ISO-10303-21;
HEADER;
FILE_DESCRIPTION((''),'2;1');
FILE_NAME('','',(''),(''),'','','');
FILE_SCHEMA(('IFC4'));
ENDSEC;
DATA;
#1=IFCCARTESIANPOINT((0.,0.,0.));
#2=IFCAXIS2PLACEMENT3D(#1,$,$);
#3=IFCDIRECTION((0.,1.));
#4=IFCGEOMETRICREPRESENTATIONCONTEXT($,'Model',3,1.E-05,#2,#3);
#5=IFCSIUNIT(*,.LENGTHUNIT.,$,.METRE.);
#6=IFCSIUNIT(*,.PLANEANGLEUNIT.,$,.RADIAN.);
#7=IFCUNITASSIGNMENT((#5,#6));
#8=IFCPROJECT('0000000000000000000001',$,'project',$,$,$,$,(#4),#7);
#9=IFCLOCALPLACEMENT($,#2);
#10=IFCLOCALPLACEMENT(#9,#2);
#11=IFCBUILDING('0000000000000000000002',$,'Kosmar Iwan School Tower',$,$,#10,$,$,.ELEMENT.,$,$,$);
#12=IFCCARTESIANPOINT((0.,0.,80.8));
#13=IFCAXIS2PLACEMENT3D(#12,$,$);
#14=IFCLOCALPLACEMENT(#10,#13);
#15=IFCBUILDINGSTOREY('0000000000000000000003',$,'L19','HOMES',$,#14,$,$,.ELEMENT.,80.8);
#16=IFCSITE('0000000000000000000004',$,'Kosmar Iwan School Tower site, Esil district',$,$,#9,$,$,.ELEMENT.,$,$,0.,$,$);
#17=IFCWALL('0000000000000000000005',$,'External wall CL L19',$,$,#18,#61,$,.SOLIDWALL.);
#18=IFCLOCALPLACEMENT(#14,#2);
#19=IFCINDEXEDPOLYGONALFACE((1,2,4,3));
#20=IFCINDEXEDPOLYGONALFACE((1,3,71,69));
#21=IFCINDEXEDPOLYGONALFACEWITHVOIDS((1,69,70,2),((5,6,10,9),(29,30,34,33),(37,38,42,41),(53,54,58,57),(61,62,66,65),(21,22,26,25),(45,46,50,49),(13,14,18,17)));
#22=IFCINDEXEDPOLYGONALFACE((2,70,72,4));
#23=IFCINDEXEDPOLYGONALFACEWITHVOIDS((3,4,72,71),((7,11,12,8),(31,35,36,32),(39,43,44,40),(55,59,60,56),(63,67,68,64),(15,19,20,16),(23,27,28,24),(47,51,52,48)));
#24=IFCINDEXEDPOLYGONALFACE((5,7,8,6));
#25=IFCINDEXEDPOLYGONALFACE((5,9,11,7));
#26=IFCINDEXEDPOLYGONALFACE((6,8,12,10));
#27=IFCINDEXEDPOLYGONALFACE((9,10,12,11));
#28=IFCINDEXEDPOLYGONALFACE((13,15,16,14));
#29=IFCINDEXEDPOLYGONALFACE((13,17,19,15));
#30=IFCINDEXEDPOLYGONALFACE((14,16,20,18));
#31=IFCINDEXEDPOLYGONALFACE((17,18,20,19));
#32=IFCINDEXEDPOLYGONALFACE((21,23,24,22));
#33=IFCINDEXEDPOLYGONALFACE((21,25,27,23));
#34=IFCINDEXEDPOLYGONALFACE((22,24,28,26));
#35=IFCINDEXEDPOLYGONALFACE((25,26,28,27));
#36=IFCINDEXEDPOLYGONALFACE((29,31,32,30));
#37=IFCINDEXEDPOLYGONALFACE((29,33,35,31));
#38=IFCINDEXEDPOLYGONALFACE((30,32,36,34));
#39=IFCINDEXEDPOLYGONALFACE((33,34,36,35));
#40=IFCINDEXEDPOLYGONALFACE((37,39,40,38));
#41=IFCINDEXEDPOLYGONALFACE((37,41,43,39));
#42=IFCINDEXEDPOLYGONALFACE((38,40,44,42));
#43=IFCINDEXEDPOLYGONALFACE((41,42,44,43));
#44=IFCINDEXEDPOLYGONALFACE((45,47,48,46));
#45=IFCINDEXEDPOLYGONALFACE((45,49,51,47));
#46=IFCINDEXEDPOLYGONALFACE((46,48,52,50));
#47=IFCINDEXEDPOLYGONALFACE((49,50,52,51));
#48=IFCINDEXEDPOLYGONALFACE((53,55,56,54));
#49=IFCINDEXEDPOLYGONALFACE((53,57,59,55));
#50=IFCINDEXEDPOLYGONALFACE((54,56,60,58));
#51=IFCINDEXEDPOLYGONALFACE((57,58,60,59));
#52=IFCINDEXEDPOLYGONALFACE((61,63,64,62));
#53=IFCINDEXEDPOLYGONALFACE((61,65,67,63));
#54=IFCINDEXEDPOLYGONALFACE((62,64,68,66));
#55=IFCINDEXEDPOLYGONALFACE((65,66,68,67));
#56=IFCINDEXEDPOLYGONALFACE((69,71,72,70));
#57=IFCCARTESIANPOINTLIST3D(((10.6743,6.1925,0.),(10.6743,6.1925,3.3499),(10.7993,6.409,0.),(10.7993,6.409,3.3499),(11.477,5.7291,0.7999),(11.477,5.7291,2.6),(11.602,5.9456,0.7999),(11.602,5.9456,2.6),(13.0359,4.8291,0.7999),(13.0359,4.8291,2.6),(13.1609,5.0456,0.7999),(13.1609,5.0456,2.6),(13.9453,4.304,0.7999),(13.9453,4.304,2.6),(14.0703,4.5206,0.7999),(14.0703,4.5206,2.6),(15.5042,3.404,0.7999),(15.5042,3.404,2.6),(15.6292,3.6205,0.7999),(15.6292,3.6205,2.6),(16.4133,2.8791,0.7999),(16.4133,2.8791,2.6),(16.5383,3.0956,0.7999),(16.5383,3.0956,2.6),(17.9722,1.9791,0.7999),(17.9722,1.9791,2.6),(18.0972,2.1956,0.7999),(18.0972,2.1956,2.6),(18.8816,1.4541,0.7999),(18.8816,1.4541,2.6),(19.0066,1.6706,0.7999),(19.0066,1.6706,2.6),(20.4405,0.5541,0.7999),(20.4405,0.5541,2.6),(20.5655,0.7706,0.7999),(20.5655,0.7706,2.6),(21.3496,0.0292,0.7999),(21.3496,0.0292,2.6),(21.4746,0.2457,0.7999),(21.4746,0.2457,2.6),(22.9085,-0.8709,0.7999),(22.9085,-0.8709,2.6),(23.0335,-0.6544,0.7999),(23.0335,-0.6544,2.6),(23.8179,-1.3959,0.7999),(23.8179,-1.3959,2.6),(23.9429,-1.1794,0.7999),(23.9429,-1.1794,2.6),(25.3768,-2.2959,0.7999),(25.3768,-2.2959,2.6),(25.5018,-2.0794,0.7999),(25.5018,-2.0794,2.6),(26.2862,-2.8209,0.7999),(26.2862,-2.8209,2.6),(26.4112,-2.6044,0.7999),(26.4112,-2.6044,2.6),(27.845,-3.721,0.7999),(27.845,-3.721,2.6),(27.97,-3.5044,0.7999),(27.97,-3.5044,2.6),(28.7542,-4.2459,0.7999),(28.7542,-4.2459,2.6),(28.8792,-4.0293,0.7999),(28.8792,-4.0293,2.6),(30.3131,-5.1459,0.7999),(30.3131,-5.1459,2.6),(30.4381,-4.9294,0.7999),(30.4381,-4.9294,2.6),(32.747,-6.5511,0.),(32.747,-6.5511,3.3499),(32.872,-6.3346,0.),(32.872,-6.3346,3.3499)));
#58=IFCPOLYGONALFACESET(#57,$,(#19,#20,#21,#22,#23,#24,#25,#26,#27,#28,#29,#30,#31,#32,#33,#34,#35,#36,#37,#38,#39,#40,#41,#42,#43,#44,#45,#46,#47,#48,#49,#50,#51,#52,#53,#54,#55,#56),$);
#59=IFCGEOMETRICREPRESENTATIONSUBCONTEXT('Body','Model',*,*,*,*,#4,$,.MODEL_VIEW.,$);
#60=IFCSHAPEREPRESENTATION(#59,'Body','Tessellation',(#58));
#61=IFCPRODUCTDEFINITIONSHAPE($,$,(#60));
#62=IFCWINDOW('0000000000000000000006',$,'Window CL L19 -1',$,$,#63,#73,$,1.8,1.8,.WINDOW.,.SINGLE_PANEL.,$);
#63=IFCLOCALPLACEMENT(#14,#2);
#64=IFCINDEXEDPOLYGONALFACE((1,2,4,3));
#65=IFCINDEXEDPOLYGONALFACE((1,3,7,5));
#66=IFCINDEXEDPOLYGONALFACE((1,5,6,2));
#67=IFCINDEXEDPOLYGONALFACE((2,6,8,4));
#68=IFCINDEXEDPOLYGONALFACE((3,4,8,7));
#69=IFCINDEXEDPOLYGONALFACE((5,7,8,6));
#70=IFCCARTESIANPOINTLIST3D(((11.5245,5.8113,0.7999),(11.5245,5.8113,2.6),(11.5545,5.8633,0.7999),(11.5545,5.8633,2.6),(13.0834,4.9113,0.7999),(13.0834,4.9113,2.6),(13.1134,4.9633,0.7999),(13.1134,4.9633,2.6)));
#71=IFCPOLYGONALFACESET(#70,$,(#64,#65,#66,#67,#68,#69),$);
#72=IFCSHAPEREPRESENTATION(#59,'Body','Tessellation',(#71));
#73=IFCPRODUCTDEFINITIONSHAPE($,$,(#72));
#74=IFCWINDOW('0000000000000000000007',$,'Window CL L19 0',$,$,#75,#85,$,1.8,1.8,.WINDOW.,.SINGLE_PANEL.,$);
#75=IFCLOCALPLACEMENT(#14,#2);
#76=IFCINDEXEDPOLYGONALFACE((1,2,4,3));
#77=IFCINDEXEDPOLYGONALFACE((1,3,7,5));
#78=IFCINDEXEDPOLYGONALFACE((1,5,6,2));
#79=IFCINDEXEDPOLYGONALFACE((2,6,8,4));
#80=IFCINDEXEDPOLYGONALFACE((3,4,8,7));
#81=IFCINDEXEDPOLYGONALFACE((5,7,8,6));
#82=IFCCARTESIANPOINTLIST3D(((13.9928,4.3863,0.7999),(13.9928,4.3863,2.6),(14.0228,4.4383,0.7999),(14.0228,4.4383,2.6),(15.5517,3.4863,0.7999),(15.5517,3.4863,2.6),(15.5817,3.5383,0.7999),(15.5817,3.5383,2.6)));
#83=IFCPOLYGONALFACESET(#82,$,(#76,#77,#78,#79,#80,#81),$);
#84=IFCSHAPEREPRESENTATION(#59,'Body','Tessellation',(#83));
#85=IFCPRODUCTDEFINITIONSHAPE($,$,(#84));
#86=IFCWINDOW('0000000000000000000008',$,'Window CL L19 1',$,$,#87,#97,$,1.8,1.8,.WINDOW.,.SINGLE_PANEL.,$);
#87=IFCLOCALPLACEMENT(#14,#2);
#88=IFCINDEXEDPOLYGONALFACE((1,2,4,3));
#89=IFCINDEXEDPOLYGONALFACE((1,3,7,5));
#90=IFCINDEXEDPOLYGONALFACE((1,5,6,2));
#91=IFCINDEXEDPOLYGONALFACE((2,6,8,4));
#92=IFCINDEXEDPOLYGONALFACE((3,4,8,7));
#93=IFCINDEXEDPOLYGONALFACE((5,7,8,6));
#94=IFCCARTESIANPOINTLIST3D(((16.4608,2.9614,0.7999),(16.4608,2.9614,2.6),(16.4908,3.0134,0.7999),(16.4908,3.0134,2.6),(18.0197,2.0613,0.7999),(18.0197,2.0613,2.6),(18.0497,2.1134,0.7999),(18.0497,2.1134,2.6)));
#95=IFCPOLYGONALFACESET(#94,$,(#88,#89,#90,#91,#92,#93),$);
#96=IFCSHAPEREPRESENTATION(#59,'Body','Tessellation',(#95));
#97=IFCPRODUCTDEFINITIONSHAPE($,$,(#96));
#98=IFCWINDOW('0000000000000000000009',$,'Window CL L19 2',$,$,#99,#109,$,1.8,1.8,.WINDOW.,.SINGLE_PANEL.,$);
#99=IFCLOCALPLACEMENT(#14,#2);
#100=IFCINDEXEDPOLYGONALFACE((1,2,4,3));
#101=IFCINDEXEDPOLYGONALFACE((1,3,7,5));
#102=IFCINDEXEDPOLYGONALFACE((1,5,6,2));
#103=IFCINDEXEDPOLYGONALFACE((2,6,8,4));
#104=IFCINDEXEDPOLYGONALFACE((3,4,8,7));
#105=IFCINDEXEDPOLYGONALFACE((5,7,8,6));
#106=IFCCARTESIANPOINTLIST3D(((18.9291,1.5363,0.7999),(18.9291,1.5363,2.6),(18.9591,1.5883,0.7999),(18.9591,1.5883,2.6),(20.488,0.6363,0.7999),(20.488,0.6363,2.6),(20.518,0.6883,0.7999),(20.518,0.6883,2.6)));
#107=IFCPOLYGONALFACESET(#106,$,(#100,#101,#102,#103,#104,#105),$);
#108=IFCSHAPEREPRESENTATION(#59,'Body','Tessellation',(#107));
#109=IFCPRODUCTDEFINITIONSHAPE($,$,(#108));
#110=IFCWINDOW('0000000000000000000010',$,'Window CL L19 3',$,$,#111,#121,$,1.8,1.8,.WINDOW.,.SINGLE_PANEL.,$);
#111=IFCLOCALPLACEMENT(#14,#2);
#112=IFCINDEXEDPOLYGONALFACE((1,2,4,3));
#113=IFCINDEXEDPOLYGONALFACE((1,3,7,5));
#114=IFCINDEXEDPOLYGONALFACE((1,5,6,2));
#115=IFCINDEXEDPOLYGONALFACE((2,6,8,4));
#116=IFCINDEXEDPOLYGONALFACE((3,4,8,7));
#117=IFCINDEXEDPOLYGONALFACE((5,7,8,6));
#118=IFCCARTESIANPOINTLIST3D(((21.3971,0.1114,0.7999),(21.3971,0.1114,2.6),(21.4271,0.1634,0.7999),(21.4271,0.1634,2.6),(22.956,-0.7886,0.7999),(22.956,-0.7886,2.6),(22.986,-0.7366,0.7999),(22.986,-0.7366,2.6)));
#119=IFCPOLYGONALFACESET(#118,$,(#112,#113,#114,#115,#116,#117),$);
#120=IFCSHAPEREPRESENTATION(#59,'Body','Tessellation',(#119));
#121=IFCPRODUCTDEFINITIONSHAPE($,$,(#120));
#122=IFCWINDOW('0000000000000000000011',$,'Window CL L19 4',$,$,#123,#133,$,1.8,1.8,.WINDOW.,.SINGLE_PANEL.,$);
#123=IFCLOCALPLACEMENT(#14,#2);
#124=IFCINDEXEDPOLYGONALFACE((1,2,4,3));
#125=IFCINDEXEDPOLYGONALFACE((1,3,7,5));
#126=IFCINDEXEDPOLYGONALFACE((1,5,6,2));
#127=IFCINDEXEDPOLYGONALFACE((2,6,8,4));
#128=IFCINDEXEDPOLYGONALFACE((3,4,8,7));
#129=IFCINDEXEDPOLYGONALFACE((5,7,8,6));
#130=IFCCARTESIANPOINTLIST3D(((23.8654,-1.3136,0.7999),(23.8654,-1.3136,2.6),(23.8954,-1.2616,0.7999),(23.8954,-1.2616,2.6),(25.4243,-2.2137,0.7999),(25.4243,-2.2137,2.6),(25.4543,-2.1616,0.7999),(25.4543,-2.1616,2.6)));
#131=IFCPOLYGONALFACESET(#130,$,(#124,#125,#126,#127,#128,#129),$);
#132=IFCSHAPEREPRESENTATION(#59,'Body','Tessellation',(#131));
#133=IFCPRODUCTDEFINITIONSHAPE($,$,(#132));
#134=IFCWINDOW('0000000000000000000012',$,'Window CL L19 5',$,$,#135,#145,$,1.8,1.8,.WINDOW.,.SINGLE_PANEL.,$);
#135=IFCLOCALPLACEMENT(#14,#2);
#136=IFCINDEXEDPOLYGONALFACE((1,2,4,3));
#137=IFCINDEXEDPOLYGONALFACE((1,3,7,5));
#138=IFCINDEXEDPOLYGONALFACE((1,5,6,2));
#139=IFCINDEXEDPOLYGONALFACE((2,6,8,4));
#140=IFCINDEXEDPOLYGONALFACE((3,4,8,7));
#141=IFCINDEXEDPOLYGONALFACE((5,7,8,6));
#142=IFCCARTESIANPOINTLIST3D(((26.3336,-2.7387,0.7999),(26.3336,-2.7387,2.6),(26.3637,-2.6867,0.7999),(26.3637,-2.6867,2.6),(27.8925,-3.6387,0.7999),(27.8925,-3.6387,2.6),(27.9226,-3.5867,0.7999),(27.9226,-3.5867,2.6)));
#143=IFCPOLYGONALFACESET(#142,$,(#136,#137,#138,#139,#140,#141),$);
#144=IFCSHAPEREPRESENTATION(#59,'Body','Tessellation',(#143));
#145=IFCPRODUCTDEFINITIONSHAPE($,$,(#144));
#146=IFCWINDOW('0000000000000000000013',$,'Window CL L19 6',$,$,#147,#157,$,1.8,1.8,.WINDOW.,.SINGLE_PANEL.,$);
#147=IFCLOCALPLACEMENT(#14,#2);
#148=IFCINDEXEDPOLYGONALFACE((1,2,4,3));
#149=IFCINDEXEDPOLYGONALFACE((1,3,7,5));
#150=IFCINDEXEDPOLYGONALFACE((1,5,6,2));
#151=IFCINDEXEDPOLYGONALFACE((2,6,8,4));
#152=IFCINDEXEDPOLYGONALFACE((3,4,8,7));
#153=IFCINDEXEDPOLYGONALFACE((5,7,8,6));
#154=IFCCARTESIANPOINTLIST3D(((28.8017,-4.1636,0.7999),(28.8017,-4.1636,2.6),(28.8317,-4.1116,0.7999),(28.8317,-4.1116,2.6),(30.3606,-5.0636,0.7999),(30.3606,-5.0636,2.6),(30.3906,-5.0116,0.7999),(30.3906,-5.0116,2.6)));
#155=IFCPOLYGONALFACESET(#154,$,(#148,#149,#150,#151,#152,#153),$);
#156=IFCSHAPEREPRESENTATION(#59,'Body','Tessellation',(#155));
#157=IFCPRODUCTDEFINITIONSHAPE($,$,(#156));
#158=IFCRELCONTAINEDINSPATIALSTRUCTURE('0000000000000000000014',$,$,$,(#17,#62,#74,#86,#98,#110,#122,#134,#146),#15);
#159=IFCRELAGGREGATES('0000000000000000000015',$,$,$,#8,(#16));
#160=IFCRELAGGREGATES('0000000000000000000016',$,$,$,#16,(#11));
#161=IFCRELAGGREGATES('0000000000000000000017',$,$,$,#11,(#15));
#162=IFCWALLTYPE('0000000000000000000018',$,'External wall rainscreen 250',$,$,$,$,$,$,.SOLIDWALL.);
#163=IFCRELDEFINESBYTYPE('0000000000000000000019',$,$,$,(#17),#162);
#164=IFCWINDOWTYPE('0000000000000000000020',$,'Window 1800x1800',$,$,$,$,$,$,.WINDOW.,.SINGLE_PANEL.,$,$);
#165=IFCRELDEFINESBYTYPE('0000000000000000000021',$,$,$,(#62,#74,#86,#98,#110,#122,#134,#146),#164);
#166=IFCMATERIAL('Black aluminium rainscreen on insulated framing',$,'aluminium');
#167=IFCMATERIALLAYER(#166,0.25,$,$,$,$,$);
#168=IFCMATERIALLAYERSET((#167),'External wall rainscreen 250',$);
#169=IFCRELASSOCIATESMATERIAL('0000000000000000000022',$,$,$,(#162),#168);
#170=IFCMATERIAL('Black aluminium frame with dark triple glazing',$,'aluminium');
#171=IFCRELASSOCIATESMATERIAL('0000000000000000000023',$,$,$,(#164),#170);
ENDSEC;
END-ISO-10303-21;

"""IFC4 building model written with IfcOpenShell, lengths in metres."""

from ifc_helpers import new_model, si_unit, direction, frame, frame_2d, origin, place, context, subcontext, project, spatial, rectangle, extrude, material, layer, layer_set, type_object, element, fill, save


model = new_model("IFC4")

# Units and contexts
model_context = context("Model", 3, precision=1e-05, world=origin(), true_north=direction((0.0, 1.0)))
body_context = subcontext(model_context, "Body", "Model", "MODEL_VIEW")
ifc_project = project(units=[si_unit("LENGTHUNIT", "METRE"), si_unit("PLANEANGLEUNIT", "RADIAN")], contexts=[model_context])

# Site, building, storey
site_placement = place(None, origin())
site = spatial("IfcSite", under=ifc_project, at=site_placement, Name="Kosmar Iwan School Tower site, Esil district", CompositionType="ELEMENT", RefElevation=0.0)
building_placement = place(site_placement, origin())
building = spatial("IfcBuilding", under=site, at=building_placement, Name="Kosmar Iwan School Tower", CompositionType="ELEMENT")
storey_placement = place(building_placement, frame((0.0, 0.0, 80.8)))
storey = spatial("IfcBuildingStorey", under=building, at=storey_placement, Name="L19", Description="HOMES", CompositionType="ELEMENT", Elevation=80.8)

# Wall, openings, windows
ifc_material_1 = material(Name="Black aluminium rainscreen on insulated framing", Category="aluminium")
ifc_layer = layer(ifc_material_1, 0.25)
ifc_layer_set = layer_set([ifc_layer], Name="External wall rainscreen 250")
wall_type = type_object("IfcWallType", Name="External wall rainscreen 250", PredefinedType="SOLIDWALL", material=ifc_layer_set)
wall_1_placement = place(storey_placement, frame((10.7368, 6.3008, 0.0), z_axis=(0.0, 0.0, 1.0), x_axis=(0.866026, -0.499998, 0.0)))
wall_1 = element("IfcWall", 1, at=wall_1_placement, inside=storey, type_object=wall_type, Name="External wall CL L19", PredefinedType="SOLIDWALL", context=body_context, shape_type="SweptSolid", body=[
    extrude(rectangle(XDim=25.4873, YDim=0.25, at=frame_2d((12.7437, 0.0))), origin(), (0.0, 0.0, 1.0), 3.3499),
])
opening_1_placement = place(wall_1_placement, frame((0.927, 0.0, 0.8)))
opening_1 = element("IfcOpeningElement", 2, at=opening_1_placement, cuts=wall_1, PredefinedType="OPENING", context=body_context, shape_type="SweptSolid", body=[
    extrude(rectangle(XDim=1.8, YDim=1.8, at=frame_2d((0.8999, 0.8999))), frame((0.0, 0.137, 0.0), z_axis=(0.0, -1.0, 0.0), x_axis=(1.0, 0.0, 0.0)), (0.0, 0.0, 1.0), 0.2739),
])
opening_2_placement = place(wall_1_placement, frame((3.7771, 0.0, 0.8)))
opening_2 = element("IfcOpeningElement", 3, at=opening_2_placement, cuts=wall_1, PredefinedType="OPENING", context=body_context, shape_type="SweptSolid", body=[
    extrude(rectangle(XDim=1.8, YDim=1.8, at=frame_2d((0.8999, 0.8999))), frame((0.0, 0.137, 0.0), z_axis=(0.0, -1.0, 0.0), x_axis=(1.0, 0.0, 0.0)), (0.0, 0.0, 1.0), 0.2739),
])
opening_3_placement = place(wall_1_placement, frame((6.627, 0.0, 0.8)))
opening_3 = element("IfcOpeningElement", 4, at=opening_3_placement, cuts=wall_1, PredefinedType="OPENING", context=body_context, shape_type="SweptSolid", body=[
    extrude(rectangle(XDim=1.8, YDim=1.8, at=frame_2d((0.8999, 0.8999))), frame((0.0, 0.137, 0.0), z_axis=(0.0, -1.0, 0.0), x_axis=(1.0, 0.0, 0.0)), (0.0, 0.0, 1.0), 0.2739),
])
opening_4_placement = place(wall_1_placement, frame((9.4771, 0.0, 0.8)))
opening_4 = element("IfcOpeningElement", 5, at=opening_4_placement, cuts=wall_1, PredefinedType="OPENING", context=body_context, shape_type="SweptSolid", body=[
    extrude(rectangle(XDim=1.8, YDim=1.8, at=frame_2d((0.8999, 0.8999))), frame((0.0, 0.137, 0.0), z_axis=(0.0, -1.0, 0.0), x_axis=(1.0, 0.0, 0.0)), (0.0, 0.0, 1.0), 0.2739),
])
opening_5_placement = place(wall_1_placement, frame((12.3269, 0.0, 0.8)))
opening_5 = element("IfcOpeningElement", 6, at=opening_5_placement, cuts=wall_1, PredefinedType="OPENING", context=body_context, shape_type="SweptSolid", body=[
    extrude(rectangle(XDim=1.8, YDim=1.8, at=frame_2d((0.8999, 0.8999))), frame((0.0, 0.137, 0.0), z_axis=(0.0, -1.0, 0.0), x_axis=(1.0, 0.0, 0.0)), (0.0, 0.0, 1.0), 0.2739),
])
opening_6_placement = place(wall_1_placement, frame((15.177, 0.0, 0.8)))
opening_6 = element("IfcOpeningElement", 7, at=opening_6_placement, cuts=wall_1, PredefinedType="OPENING", context=body_context, shape_type="SweptSolid", body=[
    extrude(rectangle(XDim=1.8, YDim=1.8, at=frame_2d((0.8999, 0.8999))), frame((0.0, 0.137, 0.0), z_axis=(0.0, -1.0, 0.0), x_axis=(1.0, 0.0, 0.0)), (0.0, 0.0, 1.0), 0.2739),
])
opening_7_placement = place(wall_1_placement, frame((18.0271, 0.0, 0.8)))
opening_7 = element("IfcOpeningElement", 8, at=opening_7_placement, cuts=wall_1, PredefinedType="OPENING", context=body_context, shape_type="SweptSolid", body=[
    extrude(rectangle(XDim=1.8, YDim=1.8, at=frame_2d((0.8999, 0.8999))), frame((0.0, 0.137, 0.0), z_axis=(0.0, -1.0, 0.0), x_axis=(1.0, 0.0, 0.0)), (0.0, 0.0, 1.0), 0.2739),
])
opening_8_placement = place(wall_1_placement, frame((20.877, 0.0, 0.8)))
opening_8 = element("IfcOpeningElement", 9, at=opening_8_placement, cuts=wall_1, PredefinedType="OPENING", context=body_context, shape_type="SweptSolid", body=[
    extrude(rectangle(XDim=1.8, YDim=1.8, at=frame_2d((0.8999, 0.8999))), frame((0.0, 0.137, 0.0), z_axis=(0.0, -1.0, 0.0), x_axis=(1.0, 0.0, 0.0)), (0.0, 0.0, 1.0), 0.2739),
])
ifc_material_2 = material(Name="Black aluminium frame with dark triple glazing", Category="aluminium")
window_type = type_object("IfcWindowType", Name="Window 1800x1800", PartitioningType="SINGLE_PANEL", PredefinedType="WINDOW", material=ifc_material_2)
window_1_placement = place(opening_1_placement, origin())
window_1 = element("IfcWindow", 10, at=window_1_placement, inside=storey, type_object=window_type, Name="Window CL L19 -1", OverallHeight=1.8, OverallWidth=1.8, PartitioningType="SINGLE_PANEL", PredefinedType="WINDOW", context=body_context, shape_type="SweptSolid", body=[
    extrude(rectangle(XDim=1.8, YDim=1.8, at=frame_2d((0.8999, 0.8999))), frame((0.0, 0.03, 0.0), z_axis=(0.0, -1.0, 0.0), x_axis=(1.0, 0.0, 0.0)), (0.0, 0.0, 1.0), 0.0601),
])
fill(opening_1, window_1)
window_2_placement = place(opening_2_placement, origin())
window_2 = element("IfcWindow", 11, at=window_2_placement, inside=storey, type_object=window_type, Name="Window CL L19 0", OverallHeight=1.8, OverallWidth=1.8, PartitioningType="SINGLE_PANEL", PredefinedType="WINDOW", context=body_context, shape_type="SweptSolid", body=[
    extrude(rectangle(XDim=1.8, YDim=1.8, at=frame_2d((0.8999, 0.8999))), frame((0.0, 0.03, 0.0), z_axis=(0.0, -1.0, 0.0), x_axis=(1.0, 0.0, 0.0)), (0.0, 0.0, 1.0), 0.0601),
])
fill(opening_2, window_2)
window_3_placement = place(opening_3_placement, origin())
window_3 = element("IfcWindow", 12, at=window_3_placement, inside=storey, type_object=window_type, Name="Window CL L19 1", OverallHeight=1.8, OverallWidth=1.8, PartitioningType="SINGLE_PANEL", PredefinedType="WINDOW", context=body_context, shape_type="SweptSolid", body=[
    extrude(rectangle(XDim=1.8, YDim=1.8, at=frame_2d((0.8999, 0.8999))), frame((0.0, 0.03, 0.0), z_axis=(0.0, -1.0, 0.0), x_axis=(1.0, 0.0, 0.0)), (0.0, 0.0, 1.0), 0.0601),
])
fill(opening_3, window_3)
window_4_placement = place(opening_4_placement, origin())
window_4 = element("IfcWindow", 13, at=window_4_placement, inside=storey, type_object=window_type, Name="Window CL L19 2", OverallHeight=1.8, OverallWidth=1.8, PartitioningType="SINGLE_PANEL", PredefinedType="WINDOW", context=body_context, shape_type="SweptSolid", body=[
    extrude(rectangle(XDim=1.8, YDim=1.8, at=frame_2d((0.8999, 0.8999))), frame((0.0, 0.03, 0.0), z_axis=(0.0, -1.0, 0.0), x_axis=(1.0, 0.0, 0.0)), (0.0, 0.0, 1.0), 0.0601),
])
fill(opening_4, window_4)
window_5_placement = place(opening_5_placement, origin())
window_5 = element("IfcWindow", 14, at=window_5_placement, inside=storey, type_object=window_type, Name="Window CL L19 3", OverallHeight=1.8, OverallWidth=1.8, PartitioningType="SINGLE_PANEL", PredefinedType="WINDOW", context=body_context, shape_type="SweptSolid", body=[
    extrude(rectangle(XDim=1.8, YDim=1.8, at=frame_2d((0.8999, 0.8999))), frame((0.0, 0.03, 0.0), z_axis=(0.0, -1.0, 0.0), x_axis=(1.0, 0.0, 0.0)), (0.0, 0.0, 1.0), 0.0601),
])
fill(opening_5, window_5)
window_6_placement = place(opening_6_placement, origin())
window_6 = element("IfcWindow", 15, at=window_6_placement, inside=storey, type_object=window_type, Name="Window CL L19 4", OverallHeight=1.8, OverallWidth=1.8, PartitioningType="SINGLE_PANEL", PredefinedType="WINDOW", context=body_context, shape_type="SweptSolid", body=[
    extrude(rectangle(XDim=1.8, YDim=1.8, at=frame_2d((0.8999, 0.8999))), frame((0.0, 0.03, 0.0), z_axis=(0.0, -1.0, 0.0), x_axis=(1.0, 0.0, 0.0)), (0.0, 0.0, 1.0), 0.0601),
])
fill(opening_6, window_6)
window_7_placement = place(opening_7_placement, origin())
window_7 = element("IfcWindow", 16, at=window_7_placement, inside=storey, type_object=window_type, Name="Window CL L19 5", OverallHeight=1.8, OverallWidth=1.8, PartitioningType="SINGLE_PANEL", PredefinedType="WINDOW", context=body_context, shape_type="SweptSolid", body=[
    extrude(rectangle(XDim=1.8, YDim=1.8, at=frame_2d((0.8999, 0.8999))), frame((0.0, 0.03, 0.0), z_axis=(0.0, -1.0, 0.0), x_axis=(1.0, 0.0, 0.0)), (0.0, 0.0, 1.0), 0.0601),
])
fill(opening_7, window_7)
window_8_placement = place(opening_8_placement, origin())
window_8 = element("IfcWindow", 17, at=window_8_placement, inside=storey, type_object=window_type, Name="Window CL L19 6", OverallHeight=1.8, OverallWidth=1.8, PartitioningType="SINGLE_PANEL", PredefinedType="WINDOW", context=body_context, shape_type="SweptSolid", body=[
    extrude(rectangle(XDim=1.8, YDim=1.8, at=frame_2d((0.8999, 0.8999))), frame((0.0, 0.03, 0.0), z_axis=(0.0, -1.0, 0.0), x_axis=(1.0, 0.0, 0.0)), (0.0, 0.0, 1.0), 0.0601),
])
fill(opening_8, window_8)

save(model, "model.ifc")
